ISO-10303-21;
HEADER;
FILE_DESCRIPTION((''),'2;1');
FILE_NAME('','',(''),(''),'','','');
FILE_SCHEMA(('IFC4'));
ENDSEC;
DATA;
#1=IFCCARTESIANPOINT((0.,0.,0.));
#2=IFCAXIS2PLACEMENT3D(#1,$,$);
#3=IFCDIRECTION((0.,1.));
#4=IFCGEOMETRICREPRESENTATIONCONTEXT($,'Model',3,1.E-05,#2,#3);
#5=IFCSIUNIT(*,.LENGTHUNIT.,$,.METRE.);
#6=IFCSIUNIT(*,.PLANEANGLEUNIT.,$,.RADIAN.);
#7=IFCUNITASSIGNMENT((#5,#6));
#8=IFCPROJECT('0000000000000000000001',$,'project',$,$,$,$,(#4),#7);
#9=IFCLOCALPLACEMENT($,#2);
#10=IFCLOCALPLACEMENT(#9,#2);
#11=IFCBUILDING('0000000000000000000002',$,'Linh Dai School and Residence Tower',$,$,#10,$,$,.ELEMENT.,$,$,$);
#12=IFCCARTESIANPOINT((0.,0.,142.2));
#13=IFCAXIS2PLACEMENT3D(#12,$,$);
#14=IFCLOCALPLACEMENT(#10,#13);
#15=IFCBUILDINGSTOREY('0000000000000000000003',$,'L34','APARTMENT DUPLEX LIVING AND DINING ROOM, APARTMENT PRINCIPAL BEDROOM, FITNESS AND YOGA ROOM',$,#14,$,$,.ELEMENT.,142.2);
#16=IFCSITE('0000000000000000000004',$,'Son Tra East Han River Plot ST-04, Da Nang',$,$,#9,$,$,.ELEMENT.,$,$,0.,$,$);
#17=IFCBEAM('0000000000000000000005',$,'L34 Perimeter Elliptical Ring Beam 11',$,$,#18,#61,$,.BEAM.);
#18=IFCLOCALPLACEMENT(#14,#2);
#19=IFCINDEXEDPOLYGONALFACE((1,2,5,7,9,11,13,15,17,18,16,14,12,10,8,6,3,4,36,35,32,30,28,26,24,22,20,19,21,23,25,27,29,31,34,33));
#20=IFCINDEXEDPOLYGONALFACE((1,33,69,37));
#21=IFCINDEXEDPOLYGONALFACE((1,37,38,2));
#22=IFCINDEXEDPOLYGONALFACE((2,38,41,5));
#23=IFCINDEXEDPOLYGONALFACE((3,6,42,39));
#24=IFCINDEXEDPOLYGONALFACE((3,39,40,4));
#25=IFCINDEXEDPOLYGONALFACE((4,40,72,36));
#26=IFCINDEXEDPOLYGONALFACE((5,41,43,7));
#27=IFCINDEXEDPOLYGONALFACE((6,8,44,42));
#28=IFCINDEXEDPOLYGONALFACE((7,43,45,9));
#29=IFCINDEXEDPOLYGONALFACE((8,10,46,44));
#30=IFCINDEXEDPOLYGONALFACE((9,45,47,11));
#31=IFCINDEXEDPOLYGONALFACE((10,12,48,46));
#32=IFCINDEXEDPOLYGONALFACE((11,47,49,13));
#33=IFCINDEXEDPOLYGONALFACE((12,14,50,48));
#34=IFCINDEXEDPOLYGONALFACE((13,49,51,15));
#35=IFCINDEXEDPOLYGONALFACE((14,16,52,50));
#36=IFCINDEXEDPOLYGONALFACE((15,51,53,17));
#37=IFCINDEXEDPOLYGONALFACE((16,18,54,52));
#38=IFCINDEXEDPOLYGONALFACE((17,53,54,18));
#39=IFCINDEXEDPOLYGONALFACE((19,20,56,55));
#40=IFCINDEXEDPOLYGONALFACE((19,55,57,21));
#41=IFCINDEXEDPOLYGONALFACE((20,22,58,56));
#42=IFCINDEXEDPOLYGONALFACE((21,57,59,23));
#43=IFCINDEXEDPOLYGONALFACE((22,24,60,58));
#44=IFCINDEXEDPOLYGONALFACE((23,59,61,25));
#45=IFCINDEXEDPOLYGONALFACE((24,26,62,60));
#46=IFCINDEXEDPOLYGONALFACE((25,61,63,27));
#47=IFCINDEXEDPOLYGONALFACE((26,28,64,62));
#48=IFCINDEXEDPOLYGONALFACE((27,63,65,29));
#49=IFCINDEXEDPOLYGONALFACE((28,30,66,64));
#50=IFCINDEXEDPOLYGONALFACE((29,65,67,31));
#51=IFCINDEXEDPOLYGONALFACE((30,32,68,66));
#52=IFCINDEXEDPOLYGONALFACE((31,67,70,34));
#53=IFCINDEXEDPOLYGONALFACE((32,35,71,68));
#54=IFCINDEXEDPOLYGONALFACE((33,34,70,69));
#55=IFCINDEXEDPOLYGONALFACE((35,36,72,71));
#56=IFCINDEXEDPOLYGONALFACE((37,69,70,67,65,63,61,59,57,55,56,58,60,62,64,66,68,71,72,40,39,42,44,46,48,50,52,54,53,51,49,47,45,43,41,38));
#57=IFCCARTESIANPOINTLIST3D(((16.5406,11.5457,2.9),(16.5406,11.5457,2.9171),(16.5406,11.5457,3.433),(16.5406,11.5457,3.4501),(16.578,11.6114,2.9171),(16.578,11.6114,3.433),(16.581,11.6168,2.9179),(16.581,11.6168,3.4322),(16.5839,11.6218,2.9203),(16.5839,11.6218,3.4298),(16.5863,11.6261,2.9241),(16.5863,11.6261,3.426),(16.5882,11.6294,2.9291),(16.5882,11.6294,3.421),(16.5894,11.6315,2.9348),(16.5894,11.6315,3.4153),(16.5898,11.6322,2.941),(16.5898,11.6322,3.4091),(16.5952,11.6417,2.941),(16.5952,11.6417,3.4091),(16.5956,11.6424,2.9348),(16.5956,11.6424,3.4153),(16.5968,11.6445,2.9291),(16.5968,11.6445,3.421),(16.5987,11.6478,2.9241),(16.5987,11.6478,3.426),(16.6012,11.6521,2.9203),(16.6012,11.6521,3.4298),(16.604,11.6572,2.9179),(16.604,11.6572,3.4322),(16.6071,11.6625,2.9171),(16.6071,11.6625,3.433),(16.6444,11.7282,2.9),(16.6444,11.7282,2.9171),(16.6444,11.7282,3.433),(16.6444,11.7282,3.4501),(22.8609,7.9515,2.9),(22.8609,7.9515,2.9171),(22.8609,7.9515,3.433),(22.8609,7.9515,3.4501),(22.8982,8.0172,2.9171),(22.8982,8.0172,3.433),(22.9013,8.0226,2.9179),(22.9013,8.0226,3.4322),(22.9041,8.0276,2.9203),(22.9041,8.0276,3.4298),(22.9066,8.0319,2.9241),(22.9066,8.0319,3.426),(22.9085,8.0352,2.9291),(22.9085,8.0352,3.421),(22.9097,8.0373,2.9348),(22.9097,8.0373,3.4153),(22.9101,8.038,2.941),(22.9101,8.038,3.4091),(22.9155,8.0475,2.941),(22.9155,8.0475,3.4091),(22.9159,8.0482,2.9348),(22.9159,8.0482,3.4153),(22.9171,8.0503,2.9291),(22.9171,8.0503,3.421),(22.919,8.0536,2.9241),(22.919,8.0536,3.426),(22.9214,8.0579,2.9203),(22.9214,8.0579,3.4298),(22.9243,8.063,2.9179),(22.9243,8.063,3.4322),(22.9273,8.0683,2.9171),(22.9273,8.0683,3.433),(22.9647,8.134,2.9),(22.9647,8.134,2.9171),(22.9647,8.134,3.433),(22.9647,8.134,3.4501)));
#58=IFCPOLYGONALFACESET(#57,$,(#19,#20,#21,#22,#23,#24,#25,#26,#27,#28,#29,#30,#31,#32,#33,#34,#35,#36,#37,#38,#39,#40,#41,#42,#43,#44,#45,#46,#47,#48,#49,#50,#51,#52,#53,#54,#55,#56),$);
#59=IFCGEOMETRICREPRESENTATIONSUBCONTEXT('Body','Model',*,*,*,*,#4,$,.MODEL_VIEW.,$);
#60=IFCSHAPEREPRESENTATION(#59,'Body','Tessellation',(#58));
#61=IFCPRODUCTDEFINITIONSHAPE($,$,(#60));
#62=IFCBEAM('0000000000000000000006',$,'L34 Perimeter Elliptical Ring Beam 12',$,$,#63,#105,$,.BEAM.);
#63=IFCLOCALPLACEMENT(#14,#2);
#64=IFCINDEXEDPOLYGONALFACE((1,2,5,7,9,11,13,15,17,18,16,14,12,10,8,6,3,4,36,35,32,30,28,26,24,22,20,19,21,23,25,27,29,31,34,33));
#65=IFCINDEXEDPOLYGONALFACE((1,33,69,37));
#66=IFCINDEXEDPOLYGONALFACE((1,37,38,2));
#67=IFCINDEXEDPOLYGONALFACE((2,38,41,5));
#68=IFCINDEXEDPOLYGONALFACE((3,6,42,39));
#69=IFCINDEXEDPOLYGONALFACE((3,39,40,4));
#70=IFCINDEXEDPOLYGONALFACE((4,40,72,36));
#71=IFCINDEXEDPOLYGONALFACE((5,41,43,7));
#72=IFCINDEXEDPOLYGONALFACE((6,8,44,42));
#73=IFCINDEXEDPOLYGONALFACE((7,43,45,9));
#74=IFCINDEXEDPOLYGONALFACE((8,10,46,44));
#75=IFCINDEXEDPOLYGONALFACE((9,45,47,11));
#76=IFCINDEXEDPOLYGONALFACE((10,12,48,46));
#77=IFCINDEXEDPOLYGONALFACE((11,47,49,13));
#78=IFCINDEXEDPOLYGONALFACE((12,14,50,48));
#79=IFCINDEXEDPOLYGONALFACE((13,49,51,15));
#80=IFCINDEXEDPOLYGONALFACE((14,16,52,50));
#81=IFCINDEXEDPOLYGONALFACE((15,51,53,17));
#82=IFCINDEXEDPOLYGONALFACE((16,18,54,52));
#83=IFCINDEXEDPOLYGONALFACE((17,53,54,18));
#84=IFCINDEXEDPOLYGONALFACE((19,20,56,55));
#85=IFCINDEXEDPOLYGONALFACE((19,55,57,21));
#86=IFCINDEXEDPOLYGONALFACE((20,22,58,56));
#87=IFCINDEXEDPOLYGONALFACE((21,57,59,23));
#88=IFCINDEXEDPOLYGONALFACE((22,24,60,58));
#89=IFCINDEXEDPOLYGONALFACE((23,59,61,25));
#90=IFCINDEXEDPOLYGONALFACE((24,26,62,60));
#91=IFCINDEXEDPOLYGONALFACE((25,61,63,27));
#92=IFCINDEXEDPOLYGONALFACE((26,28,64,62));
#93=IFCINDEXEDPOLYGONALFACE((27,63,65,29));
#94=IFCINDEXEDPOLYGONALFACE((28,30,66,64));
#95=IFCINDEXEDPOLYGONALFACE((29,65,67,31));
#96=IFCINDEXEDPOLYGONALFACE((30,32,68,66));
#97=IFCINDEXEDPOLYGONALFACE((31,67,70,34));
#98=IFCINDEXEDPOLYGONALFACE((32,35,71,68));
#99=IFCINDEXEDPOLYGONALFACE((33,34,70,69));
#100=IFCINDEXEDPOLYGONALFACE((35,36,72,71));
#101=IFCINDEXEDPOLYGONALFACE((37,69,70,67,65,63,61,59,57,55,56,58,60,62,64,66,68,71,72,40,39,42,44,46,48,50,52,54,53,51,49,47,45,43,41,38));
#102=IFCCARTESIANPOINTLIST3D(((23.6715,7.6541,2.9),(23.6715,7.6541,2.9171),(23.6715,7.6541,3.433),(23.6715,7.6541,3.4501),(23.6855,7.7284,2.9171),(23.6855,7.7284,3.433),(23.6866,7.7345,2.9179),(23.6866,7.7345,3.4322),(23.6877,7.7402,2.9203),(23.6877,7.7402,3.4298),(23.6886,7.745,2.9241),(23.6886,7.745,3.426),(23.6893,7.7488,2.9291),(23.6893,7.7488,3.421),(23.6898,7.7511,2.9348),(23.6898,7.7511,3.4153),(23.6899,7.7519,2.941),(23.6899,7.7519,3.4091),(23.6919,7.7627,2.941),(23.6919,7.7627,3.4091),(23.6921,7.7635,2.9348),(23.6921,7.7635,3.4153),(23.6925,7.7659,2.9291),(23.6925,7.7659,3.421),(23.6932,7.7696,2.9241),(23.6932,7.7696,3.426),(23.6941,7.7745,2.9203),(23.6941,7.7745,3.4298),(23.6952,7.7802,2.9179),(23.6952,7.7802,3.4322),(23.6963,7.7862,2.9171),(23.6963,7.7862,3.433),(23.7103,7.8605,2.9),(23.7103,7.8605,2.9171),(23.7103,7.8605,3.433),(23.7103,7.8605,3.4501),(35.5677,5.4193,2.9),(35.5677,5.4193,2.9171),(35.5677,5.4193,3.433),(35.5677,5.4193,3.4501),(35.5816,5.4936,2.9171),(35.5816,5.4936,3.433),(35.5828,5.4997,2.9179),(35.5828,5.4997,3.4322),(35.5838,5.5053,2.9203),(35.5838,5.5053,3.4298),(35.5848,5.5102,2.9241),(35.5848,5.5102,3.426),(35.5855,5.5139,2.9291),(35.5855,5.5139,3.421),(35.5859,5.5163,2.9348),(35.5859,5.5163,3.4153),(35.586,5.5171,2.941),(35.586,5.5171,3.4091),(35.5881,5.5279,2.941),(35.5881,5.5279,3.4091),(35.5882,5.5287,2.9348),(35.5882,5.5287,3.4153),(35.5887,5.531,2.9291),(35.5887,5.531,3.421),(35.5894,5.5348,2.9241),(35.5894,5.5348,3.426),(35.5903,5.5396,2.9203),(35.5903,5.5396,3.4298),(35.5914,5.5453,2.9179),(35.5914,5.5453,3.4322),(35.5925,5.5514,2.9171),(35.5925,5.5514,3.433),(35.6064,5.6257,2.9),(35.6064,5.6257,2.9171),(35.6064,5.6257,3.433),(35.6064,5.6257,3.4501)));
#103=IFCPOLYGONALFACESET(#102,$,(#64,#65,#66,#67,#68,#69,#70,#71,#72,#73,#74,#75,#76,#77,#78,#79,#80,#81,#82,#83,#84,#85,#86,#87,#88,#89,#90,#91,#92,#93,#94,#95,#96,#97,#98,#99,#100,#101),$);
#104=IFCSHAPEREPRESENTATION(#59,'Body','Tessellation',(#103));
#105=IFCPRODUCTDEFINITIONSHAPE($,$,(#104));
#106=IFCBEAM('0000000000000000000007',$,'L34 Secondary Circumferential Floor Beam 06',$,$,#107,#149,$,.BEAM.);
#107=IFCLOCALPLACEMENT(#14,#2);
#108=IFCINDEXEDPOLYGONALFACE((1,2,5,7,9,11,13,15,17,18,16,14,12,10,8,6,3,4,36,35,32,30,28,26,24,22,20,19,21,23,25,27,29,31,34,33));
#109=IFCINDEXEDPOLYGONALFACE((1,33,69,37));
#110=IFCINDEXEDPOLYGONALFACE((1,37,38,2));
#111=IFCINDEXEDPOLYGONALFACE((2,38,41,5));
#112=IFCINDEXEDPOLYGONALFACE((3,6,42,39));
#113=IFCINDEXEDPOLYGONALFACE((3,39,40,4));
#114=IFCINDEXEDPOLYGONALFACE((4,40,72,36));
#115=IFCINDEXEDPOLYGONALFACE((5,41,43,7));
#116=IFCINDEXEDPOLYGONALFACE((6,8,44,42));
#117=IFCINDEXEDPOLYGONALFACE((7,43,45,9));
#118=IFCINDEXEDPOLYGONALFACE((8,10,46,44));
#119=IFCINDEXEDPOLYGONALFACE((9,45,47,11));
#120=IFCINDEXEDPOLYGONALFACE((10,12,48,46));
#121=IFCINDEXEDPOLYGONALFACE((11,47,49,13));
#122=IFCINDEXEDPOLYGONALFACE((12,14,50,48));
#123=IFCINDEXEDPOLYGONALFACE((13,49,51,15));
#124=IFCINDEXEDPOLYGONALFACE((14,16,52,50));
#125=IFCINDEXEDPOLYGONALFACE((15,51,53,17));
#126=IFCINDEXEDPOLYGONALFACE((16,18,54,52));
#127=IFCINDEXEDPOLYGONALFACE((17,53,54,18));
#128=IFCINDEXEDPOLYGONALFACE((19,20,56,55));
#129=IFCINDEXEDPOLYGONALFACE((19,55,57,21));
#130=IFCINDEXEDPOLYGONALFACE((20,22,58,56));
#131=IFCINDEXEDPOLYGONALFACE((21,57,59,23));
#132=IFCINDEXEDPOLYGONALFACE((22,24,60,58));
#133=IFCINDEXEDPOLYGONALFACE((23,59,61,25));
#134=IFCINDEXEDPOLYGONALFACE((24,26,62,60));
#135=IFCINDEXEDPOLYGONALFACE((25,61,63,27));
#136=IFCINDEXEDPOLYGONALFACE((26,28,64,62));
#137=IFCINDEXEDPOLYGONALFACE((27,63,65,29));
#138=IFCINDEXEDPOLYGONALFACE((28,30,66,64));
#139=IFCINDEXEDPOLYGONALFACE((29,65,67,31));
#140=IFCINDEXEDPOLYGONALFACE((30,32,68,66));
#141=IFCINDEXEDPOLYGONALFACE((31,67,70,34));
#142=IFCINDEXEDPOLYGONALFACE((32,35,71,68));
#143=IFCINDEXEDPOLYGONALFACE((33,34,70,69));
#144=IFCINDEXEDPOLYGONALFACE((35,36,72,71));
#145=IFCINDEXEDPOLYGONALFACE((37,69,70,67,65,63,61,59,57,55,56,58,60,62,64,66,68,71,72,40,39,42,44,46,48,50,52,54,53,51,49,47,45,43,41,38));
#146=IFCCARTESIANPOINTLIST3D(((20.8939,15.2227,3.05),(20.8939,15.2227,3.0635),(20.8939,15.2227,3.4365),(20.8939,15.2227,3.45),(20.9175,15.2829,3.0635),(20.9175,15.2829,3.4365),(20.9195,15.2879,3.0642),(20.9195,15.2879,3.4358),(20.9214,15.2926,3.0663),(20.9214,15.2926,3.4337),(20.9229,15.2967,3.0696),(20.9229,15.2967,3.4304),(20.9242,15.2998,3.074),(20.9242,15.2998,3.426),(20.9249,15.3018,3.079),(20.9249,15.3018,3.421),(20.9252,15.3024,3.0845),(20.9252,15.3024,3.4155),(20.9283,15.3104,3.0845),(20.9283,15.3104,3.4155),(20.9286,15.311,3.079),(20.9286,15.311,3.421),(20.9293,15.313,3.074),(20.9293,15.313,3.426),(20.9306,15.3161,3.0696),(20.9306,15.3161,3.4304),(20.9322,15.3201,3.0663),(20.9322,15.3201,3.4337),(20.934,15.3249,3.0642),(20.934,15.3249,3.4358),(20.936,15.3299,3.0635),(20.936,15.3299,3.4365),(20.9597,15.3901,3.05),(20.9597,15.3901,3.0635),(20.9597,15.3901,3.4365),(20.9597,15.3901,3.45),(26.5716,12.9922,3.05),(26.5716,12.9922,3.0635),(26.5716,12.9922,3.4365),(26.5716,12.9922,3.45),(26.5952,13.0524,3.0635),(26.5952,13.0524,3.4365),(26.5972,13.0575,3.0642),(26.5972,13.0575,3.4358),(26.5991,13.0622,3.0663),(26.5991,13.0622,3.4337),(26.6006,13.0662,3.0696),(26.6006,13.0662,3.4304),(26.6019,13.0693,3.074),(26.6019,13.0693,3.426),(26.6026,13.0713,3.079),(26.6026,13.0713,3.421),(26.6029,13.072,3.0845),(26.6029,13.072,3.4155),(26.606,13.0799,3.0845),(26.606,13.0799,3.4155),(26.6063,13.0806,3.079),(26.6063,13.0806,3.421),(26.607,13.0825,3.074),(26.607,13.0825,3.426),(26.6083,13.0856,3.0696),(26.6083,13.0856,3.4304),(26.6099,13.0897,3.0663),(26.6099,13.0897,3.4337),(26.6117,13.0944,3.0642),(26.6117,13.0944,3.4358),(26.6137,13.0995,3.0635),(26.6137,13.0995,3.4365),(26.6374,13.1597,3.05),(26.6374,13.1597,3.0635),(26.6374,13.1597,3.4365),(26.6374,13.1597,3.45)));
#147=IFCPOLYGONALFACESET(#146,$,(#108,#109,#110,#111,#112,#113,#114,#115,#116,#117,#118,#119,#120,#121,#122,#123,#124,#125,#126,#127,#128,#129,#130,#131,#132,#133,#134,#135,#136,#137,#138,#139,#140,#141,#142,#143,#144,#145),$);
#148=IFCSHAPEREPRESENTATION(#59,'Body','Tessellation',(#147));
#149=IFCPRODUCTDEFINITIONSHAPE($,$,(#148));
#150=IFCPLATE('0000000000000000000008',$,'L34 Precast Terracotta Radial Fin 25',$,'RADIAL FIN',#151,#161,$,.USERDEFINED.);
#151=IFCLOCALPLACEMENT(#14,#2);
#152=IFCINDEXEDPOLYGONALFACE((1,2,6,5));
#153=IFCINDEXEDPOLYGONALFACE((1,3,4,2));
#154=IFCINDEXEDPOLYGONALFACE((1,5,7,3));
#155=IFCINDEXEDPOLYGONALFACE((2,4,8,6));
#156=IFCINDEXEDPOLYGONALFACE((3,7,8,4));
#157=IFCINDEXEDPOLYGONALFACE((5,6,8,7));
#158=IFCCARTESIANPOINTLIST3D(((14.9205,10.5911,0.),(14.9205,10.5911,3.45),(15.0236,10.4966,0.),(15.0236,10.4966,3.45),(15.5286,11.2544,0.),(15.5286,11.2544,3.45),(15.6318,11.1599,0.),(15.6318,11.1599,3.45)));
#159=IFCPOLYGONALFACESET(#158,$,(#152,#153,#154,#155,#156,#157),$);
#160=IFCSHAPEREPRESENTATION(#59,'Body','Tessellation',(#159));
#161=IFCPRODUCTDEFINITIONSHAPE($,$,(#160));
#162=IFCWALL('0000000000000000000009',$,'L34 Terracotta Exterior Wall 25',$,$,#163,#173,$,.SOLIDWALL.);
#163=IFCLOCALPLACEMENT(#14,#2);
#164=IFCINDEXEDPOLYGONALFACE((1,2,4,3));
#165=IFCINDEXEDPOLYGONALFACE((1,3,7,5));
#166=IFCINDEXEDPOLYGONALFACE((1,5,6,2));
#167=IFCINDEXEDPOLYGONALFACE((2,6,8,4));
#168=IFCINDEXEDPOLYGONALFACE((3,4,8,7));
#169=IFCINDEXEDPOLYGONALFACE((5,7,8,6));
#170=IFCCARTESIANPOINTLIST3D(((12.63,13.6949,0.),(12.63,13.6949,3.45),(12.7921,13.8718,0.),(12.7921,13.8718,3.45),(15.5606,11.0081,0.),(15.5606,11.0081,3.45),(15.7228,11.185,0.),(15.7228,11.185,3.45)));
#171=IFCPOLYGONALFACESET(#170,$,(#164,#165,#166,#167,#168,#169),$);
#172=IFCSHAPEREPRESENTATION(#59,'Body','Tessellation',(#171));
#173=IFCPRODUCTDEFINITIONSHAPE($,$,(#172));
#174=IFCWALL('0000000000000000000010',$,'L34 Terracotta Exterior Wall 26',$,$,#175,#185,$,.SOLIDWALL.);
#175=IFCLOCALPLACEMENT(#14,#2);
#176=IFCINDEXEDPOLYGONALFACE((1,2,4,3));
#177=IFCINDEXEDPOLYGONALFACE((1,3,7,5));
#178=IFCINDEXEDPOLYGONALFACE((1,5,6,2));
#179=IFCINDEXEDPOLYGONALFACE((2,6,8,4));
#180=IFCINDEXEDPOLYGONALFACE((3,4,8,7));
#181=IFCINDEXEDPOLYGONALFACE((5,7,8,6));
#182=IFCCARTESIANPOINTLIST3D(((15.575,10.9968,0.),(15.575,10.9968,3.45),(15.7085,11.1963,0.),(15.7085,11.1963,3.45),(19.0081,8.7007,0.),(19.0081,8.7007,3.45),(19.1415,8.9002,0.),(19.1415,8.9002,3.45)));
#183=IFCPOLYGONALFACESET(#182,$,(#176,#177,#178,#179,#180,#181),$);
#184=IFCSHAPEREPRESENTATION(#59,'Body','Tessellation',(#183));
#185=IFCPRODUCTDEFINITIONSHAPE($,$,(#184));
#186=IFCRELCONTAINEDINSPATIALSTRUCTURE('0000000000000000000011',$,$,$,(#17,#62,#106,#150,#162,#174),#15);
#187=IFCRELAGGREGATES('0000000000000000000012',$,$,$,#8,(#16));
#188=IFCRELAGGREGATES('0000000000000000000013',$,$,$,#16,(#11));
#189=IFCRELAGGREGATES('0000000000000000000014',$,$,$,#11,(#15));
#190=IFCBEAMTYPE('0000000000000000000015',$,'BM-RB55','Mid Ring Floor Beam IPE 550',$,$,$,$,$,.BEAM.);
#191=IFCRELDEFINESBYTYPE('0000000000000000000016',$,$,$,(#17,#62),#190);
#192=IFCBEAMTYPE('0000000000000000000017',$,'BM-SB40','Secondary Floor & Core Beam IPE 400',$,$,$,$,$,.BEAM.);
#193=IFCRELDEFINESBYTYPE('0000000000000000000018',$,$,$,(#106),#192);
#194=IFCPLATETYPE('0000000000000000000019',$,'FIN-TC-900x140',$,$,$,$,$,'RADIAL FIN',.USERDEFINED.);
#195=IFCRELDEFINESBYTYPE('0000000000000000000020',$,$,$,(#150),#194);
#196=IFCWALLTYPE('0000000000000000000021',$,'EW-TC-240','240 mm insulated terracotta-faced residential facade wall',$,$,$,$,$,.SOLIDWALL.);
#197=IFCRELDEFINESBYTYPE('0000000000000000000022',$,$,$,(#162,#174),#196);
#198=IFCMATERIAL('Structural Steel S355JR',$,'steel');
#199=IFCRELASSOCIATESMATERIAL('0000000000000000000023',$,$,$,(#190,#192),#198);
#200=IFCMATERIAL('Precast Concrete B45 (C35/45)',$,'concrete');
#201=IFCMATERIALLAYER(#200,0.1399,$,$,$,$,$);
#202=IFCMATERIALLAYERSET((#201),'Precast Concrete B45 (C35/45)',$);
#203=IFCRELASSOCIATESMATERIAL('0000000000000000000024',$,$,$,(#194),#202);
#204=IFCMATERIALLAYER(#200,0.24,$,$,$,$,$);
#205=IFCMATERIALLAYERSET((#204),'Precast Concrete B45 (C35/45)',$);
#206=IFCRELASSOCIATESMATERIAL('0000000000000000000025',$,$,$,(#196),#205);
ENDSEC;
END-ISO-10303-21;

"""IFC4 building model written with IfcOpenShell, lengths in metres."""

from ifc_helpers import new_model, si_unit, direction, frame, frame_2d, origin, origin_2d, place, context, subcontext, project, spatial, rectangle, i_section, extrude, source, transform, mapped, material, layer, layer_set, material_profile, profile_set, type_object, element, save


model = new_model("IFC4")

# Units and contexts
model_context = context("Model", 3, precision=1e-05, world=origin(), true_north=direction((0.0, 1.0)))
body_context = subcontext(model_context, "Body", "Model", "MODEL_VIEW")
ifc_project = project(units=[si_unit("LENGTHUNIT", "METRE"), si_unit("PLANEANGLEUNIT", "RADIAN")], contexts=[model_context])

# Site, building, storey
site_placement = place(None, origin())
site = spatial("IfcSite", under=ifc_project, at=site_placement, Name="Son Tra East Han River Plot ST-04, Da Nang", CompositionType="ELEMENT", RefElevation=0.0)
building_placement = place(site_placement, origin())
building = spatial("IfcBuilding", under=site, at=building_placement, Name="Linh Dai School and Residence Tower", CompositionType="ELEMENT")
storey_placement = place(building_placement, frame((0.0, 0.0, 142.2)))
storey = spatial("IfcBuildingStorey", under=building, at=storey_placement, Name="L34", Description="APARTMENT DUPLEX LIVING AND DINING ROOM, APARTMENT PRINCIPAL BEDROOM, FITNESS AND YOGA ROOM", CompositionType="ELEMENT", Elevation=142.2)

# Shared definitions
ifc_material_1 = material(Name="Structural Steel S355JR", Category="steel")

# Beams
ifc_material_profile_1 = material_profile(ifc_material_1, i_section(OverallWidth=0.21, OverallDepth=0.55, WebThickness=0.011, FlangeThickness=0.0171, FilletRadius=0.0239, at=origin_2d()), Name="IPE 550")
ifc_profile_set_1 = profile_set([ifc_material_profile_1], Name="Structural Steel S355JR")
beam_type_1 = type_object("IfcBeamType", Name="BM-RB55", Description="Mid Ring Floor Beam IPE 550", PredefinedType="BEAM", material=ifc_profile_set_1)
beam_1_placement = place(storey_placement, frame((16.5925, 11.637, 3.175), z_axis=(0.86927, -0.494337, 0.0), x_axis=(0.494337, 0.86927, 0.0)))
element("IfcBeam", 1, at=beam_1_placement, inside=storey, type_object=beam_type_1, Name="L34 Perimeter Elliptical Ring Beam 11", PredefinedType="BEAM", context=body_context, shape_type="SweptSolid", body=[
    extrude(i_section(OverallWidth=0.21, OverallDepth=0.55, WebThickness=0.011, FlangeThickness=0.0171, FilletRadius=0.0239, at=origin_2d()), origin(), (0.0, 0.0, 1.0), 7.2708),
])
beam_2_placement = place(storey_placement, frame((23.6909, 7.7573, 3.175), z_axis=(0.982808, -0.184633, 0.0), x_axis=(0.184633, 0.982808, 0.0)))
element("IfcBeam", 2, at=beam_2_placement, inside=storey, type_object=beam_type_1, Name="L34 Perimeter Elliptical Ring Beam 12", PredefinedType="BEAM", context=body_context, shape_type="SweptSolid", body=[
    extrude(i_section(OverallWidth=0.21, OverallDepth=0.55, WebThickness=0.011, FlangeThickness=0.0171, FilletRadius=0.0239, at=origin_2d()), origin(), (0.0, 0.0, 1.0), 12.1042),
])
ifc_material_profile_2 = material_profile(ifc_material_1, i_section(OverallWidth=0.1799, OverallDepth=0.3999, WebThickness=0.0085, FlangeThickness=0.0134, FilletRadius=0.021, at=origin_2d()), Name="IPE 400")
ifc_profile_set_2 = profile_set([ifc_material_profile_2], Name="Structural Steel S355JR")
beam_type_2 = type_object("IfcBeamType", Name="BM-SB40", Description="Secondary Floor & Core Beam IPE 400", PredefinedType="BEAM", material=ifc_profile_set_2)
beam_3_placement = place(storey_placement, frame((20.9268, 15.3064, 3.25), z_axis=(0.930755, -0.365642, 0.0), x_axis=(0.365642, 0.930755, 0.0)))
element("IfcBeam", 3, at=beam_3_placement, inside=storey, type_object=beam_type_2, Name="L34 Secondary Circumferential Floor Beam 06", PredefinedType="BEAM", context=body_context, shape_type="SweptSolid", body=[
    extrude(i_section(OverallWidth=0.1799, OverallDepth=0.3999, WebThickness=0.0085, FlangeThickness=0.0134, FilletRadius=0.021, at=origin_2d()), origin(), (0.0, 0.0, 1.0), 6.1001),
])

# Plate
ifc_material_2 = material(Name="Precast Concrete B45 (C35/45)", Category="concrete")
ifc_layer_1 = layer(ifc_material_2, 0.1399)
ifc_layer_set_1 = layer_set([ifc_layer_1], Name="Precast Concrete B45 (C35/45)")
plate_type = type_object("IfcPlateType", Name="FIN-TC-900x140", ElementType="RADIAL FIN", PredefinedType="USERDEFINED", material=ifc_layer_set_1)
shared_shape_1 = source(origin(), body_context, "Body", "SweptSolid", [
    extrude(rectangle(XDim=0.8999, YDim=0.1399, at=origin_2d()), origin(), (0.0, 0.0, 1.0), 3.45),
])
plate_placement = place(storey_placement, frame((15.2761, 10.8755, 0.0), z_axis=(0.0, 0.0, 1.0), x_axis=(-0.675783, -0.7371, 0.0)))
element("IfcPlate", 4, at=plate_placement, inside=storey, type_object=plate_type, Name="L34 Precast Terracotta Radial Fin 25", ObjectType="RADIAL FIN", PredefinedType="USERDEFINED", context=body_context, shape_type="MappedRepresentation", body=[
    mapped(shared_shape_1, transform((0.0, 0.0, 0.0), x_axis=(1.0, 0.0, 0.0), y_axis=(0.0, 1.0, 0.0), z_axis=(0.0, 0.0, 1.0), scale=1.0)),
])

# Walls
ifc_layer_2 = layer(ifc_material_2, 0.24)
ifc_layer_set_2 = layer_set([ifc_layer_2], Name="Precast Concrete B45 (C35/45)")
wall_type_1 = type_object("IfcWallType", Name="EW-TC-240", Description="240 mm insulated terracotta-faced residential facade wall", PredefinedType="SOLIDWALL", material=ifc_layer_set_2)
wall_1_placement = place(storey_placement, frame((15.6416, 11.0967, 0.0), z_axis=(0.0, 0.0, 1.0), x_axis=(-0.737113, 0.675769, 0.0)))
element("IfcWall", 5, at=wall_1_placement, inside=storey, type_object=wall_type_1, Name="L34 Terracotta Exterior Wall 25", PredefinedType="SOLIDWALL", context=body_context, shape_type="SweptSolid", body=[
    extrude(rectangle(XDim=3.9758, YDim=0.24, at=frame_2d((1.9878, 0.0))), origin(), (0.0, 0.0, 1.0), 3.45),
])
wall_2_placement = place(storey_placement, frame((19.0747, 8.8005, 0.0), z_axis=(0.0, 0.0, 1.0), x_axis=(-0.831222, 0.555941, 0.0)))
element("IfcWall", 6, at=wall_2_placement, inside=storey, type_object=wall_type_1, Name="L34 Terracotta Exterior Wall 26", PredefinedType="SOLIDWALL", context=body_context, shape_type="SweptSolid", body=[
    extrude(rectangle(XDim=4.1301, YDim=0.24, at=frame_2d((2.0649, 0.0))), origin(), (0.0, 0.0, 1.0), 3.45),
])

save(model, "model.ifc")
